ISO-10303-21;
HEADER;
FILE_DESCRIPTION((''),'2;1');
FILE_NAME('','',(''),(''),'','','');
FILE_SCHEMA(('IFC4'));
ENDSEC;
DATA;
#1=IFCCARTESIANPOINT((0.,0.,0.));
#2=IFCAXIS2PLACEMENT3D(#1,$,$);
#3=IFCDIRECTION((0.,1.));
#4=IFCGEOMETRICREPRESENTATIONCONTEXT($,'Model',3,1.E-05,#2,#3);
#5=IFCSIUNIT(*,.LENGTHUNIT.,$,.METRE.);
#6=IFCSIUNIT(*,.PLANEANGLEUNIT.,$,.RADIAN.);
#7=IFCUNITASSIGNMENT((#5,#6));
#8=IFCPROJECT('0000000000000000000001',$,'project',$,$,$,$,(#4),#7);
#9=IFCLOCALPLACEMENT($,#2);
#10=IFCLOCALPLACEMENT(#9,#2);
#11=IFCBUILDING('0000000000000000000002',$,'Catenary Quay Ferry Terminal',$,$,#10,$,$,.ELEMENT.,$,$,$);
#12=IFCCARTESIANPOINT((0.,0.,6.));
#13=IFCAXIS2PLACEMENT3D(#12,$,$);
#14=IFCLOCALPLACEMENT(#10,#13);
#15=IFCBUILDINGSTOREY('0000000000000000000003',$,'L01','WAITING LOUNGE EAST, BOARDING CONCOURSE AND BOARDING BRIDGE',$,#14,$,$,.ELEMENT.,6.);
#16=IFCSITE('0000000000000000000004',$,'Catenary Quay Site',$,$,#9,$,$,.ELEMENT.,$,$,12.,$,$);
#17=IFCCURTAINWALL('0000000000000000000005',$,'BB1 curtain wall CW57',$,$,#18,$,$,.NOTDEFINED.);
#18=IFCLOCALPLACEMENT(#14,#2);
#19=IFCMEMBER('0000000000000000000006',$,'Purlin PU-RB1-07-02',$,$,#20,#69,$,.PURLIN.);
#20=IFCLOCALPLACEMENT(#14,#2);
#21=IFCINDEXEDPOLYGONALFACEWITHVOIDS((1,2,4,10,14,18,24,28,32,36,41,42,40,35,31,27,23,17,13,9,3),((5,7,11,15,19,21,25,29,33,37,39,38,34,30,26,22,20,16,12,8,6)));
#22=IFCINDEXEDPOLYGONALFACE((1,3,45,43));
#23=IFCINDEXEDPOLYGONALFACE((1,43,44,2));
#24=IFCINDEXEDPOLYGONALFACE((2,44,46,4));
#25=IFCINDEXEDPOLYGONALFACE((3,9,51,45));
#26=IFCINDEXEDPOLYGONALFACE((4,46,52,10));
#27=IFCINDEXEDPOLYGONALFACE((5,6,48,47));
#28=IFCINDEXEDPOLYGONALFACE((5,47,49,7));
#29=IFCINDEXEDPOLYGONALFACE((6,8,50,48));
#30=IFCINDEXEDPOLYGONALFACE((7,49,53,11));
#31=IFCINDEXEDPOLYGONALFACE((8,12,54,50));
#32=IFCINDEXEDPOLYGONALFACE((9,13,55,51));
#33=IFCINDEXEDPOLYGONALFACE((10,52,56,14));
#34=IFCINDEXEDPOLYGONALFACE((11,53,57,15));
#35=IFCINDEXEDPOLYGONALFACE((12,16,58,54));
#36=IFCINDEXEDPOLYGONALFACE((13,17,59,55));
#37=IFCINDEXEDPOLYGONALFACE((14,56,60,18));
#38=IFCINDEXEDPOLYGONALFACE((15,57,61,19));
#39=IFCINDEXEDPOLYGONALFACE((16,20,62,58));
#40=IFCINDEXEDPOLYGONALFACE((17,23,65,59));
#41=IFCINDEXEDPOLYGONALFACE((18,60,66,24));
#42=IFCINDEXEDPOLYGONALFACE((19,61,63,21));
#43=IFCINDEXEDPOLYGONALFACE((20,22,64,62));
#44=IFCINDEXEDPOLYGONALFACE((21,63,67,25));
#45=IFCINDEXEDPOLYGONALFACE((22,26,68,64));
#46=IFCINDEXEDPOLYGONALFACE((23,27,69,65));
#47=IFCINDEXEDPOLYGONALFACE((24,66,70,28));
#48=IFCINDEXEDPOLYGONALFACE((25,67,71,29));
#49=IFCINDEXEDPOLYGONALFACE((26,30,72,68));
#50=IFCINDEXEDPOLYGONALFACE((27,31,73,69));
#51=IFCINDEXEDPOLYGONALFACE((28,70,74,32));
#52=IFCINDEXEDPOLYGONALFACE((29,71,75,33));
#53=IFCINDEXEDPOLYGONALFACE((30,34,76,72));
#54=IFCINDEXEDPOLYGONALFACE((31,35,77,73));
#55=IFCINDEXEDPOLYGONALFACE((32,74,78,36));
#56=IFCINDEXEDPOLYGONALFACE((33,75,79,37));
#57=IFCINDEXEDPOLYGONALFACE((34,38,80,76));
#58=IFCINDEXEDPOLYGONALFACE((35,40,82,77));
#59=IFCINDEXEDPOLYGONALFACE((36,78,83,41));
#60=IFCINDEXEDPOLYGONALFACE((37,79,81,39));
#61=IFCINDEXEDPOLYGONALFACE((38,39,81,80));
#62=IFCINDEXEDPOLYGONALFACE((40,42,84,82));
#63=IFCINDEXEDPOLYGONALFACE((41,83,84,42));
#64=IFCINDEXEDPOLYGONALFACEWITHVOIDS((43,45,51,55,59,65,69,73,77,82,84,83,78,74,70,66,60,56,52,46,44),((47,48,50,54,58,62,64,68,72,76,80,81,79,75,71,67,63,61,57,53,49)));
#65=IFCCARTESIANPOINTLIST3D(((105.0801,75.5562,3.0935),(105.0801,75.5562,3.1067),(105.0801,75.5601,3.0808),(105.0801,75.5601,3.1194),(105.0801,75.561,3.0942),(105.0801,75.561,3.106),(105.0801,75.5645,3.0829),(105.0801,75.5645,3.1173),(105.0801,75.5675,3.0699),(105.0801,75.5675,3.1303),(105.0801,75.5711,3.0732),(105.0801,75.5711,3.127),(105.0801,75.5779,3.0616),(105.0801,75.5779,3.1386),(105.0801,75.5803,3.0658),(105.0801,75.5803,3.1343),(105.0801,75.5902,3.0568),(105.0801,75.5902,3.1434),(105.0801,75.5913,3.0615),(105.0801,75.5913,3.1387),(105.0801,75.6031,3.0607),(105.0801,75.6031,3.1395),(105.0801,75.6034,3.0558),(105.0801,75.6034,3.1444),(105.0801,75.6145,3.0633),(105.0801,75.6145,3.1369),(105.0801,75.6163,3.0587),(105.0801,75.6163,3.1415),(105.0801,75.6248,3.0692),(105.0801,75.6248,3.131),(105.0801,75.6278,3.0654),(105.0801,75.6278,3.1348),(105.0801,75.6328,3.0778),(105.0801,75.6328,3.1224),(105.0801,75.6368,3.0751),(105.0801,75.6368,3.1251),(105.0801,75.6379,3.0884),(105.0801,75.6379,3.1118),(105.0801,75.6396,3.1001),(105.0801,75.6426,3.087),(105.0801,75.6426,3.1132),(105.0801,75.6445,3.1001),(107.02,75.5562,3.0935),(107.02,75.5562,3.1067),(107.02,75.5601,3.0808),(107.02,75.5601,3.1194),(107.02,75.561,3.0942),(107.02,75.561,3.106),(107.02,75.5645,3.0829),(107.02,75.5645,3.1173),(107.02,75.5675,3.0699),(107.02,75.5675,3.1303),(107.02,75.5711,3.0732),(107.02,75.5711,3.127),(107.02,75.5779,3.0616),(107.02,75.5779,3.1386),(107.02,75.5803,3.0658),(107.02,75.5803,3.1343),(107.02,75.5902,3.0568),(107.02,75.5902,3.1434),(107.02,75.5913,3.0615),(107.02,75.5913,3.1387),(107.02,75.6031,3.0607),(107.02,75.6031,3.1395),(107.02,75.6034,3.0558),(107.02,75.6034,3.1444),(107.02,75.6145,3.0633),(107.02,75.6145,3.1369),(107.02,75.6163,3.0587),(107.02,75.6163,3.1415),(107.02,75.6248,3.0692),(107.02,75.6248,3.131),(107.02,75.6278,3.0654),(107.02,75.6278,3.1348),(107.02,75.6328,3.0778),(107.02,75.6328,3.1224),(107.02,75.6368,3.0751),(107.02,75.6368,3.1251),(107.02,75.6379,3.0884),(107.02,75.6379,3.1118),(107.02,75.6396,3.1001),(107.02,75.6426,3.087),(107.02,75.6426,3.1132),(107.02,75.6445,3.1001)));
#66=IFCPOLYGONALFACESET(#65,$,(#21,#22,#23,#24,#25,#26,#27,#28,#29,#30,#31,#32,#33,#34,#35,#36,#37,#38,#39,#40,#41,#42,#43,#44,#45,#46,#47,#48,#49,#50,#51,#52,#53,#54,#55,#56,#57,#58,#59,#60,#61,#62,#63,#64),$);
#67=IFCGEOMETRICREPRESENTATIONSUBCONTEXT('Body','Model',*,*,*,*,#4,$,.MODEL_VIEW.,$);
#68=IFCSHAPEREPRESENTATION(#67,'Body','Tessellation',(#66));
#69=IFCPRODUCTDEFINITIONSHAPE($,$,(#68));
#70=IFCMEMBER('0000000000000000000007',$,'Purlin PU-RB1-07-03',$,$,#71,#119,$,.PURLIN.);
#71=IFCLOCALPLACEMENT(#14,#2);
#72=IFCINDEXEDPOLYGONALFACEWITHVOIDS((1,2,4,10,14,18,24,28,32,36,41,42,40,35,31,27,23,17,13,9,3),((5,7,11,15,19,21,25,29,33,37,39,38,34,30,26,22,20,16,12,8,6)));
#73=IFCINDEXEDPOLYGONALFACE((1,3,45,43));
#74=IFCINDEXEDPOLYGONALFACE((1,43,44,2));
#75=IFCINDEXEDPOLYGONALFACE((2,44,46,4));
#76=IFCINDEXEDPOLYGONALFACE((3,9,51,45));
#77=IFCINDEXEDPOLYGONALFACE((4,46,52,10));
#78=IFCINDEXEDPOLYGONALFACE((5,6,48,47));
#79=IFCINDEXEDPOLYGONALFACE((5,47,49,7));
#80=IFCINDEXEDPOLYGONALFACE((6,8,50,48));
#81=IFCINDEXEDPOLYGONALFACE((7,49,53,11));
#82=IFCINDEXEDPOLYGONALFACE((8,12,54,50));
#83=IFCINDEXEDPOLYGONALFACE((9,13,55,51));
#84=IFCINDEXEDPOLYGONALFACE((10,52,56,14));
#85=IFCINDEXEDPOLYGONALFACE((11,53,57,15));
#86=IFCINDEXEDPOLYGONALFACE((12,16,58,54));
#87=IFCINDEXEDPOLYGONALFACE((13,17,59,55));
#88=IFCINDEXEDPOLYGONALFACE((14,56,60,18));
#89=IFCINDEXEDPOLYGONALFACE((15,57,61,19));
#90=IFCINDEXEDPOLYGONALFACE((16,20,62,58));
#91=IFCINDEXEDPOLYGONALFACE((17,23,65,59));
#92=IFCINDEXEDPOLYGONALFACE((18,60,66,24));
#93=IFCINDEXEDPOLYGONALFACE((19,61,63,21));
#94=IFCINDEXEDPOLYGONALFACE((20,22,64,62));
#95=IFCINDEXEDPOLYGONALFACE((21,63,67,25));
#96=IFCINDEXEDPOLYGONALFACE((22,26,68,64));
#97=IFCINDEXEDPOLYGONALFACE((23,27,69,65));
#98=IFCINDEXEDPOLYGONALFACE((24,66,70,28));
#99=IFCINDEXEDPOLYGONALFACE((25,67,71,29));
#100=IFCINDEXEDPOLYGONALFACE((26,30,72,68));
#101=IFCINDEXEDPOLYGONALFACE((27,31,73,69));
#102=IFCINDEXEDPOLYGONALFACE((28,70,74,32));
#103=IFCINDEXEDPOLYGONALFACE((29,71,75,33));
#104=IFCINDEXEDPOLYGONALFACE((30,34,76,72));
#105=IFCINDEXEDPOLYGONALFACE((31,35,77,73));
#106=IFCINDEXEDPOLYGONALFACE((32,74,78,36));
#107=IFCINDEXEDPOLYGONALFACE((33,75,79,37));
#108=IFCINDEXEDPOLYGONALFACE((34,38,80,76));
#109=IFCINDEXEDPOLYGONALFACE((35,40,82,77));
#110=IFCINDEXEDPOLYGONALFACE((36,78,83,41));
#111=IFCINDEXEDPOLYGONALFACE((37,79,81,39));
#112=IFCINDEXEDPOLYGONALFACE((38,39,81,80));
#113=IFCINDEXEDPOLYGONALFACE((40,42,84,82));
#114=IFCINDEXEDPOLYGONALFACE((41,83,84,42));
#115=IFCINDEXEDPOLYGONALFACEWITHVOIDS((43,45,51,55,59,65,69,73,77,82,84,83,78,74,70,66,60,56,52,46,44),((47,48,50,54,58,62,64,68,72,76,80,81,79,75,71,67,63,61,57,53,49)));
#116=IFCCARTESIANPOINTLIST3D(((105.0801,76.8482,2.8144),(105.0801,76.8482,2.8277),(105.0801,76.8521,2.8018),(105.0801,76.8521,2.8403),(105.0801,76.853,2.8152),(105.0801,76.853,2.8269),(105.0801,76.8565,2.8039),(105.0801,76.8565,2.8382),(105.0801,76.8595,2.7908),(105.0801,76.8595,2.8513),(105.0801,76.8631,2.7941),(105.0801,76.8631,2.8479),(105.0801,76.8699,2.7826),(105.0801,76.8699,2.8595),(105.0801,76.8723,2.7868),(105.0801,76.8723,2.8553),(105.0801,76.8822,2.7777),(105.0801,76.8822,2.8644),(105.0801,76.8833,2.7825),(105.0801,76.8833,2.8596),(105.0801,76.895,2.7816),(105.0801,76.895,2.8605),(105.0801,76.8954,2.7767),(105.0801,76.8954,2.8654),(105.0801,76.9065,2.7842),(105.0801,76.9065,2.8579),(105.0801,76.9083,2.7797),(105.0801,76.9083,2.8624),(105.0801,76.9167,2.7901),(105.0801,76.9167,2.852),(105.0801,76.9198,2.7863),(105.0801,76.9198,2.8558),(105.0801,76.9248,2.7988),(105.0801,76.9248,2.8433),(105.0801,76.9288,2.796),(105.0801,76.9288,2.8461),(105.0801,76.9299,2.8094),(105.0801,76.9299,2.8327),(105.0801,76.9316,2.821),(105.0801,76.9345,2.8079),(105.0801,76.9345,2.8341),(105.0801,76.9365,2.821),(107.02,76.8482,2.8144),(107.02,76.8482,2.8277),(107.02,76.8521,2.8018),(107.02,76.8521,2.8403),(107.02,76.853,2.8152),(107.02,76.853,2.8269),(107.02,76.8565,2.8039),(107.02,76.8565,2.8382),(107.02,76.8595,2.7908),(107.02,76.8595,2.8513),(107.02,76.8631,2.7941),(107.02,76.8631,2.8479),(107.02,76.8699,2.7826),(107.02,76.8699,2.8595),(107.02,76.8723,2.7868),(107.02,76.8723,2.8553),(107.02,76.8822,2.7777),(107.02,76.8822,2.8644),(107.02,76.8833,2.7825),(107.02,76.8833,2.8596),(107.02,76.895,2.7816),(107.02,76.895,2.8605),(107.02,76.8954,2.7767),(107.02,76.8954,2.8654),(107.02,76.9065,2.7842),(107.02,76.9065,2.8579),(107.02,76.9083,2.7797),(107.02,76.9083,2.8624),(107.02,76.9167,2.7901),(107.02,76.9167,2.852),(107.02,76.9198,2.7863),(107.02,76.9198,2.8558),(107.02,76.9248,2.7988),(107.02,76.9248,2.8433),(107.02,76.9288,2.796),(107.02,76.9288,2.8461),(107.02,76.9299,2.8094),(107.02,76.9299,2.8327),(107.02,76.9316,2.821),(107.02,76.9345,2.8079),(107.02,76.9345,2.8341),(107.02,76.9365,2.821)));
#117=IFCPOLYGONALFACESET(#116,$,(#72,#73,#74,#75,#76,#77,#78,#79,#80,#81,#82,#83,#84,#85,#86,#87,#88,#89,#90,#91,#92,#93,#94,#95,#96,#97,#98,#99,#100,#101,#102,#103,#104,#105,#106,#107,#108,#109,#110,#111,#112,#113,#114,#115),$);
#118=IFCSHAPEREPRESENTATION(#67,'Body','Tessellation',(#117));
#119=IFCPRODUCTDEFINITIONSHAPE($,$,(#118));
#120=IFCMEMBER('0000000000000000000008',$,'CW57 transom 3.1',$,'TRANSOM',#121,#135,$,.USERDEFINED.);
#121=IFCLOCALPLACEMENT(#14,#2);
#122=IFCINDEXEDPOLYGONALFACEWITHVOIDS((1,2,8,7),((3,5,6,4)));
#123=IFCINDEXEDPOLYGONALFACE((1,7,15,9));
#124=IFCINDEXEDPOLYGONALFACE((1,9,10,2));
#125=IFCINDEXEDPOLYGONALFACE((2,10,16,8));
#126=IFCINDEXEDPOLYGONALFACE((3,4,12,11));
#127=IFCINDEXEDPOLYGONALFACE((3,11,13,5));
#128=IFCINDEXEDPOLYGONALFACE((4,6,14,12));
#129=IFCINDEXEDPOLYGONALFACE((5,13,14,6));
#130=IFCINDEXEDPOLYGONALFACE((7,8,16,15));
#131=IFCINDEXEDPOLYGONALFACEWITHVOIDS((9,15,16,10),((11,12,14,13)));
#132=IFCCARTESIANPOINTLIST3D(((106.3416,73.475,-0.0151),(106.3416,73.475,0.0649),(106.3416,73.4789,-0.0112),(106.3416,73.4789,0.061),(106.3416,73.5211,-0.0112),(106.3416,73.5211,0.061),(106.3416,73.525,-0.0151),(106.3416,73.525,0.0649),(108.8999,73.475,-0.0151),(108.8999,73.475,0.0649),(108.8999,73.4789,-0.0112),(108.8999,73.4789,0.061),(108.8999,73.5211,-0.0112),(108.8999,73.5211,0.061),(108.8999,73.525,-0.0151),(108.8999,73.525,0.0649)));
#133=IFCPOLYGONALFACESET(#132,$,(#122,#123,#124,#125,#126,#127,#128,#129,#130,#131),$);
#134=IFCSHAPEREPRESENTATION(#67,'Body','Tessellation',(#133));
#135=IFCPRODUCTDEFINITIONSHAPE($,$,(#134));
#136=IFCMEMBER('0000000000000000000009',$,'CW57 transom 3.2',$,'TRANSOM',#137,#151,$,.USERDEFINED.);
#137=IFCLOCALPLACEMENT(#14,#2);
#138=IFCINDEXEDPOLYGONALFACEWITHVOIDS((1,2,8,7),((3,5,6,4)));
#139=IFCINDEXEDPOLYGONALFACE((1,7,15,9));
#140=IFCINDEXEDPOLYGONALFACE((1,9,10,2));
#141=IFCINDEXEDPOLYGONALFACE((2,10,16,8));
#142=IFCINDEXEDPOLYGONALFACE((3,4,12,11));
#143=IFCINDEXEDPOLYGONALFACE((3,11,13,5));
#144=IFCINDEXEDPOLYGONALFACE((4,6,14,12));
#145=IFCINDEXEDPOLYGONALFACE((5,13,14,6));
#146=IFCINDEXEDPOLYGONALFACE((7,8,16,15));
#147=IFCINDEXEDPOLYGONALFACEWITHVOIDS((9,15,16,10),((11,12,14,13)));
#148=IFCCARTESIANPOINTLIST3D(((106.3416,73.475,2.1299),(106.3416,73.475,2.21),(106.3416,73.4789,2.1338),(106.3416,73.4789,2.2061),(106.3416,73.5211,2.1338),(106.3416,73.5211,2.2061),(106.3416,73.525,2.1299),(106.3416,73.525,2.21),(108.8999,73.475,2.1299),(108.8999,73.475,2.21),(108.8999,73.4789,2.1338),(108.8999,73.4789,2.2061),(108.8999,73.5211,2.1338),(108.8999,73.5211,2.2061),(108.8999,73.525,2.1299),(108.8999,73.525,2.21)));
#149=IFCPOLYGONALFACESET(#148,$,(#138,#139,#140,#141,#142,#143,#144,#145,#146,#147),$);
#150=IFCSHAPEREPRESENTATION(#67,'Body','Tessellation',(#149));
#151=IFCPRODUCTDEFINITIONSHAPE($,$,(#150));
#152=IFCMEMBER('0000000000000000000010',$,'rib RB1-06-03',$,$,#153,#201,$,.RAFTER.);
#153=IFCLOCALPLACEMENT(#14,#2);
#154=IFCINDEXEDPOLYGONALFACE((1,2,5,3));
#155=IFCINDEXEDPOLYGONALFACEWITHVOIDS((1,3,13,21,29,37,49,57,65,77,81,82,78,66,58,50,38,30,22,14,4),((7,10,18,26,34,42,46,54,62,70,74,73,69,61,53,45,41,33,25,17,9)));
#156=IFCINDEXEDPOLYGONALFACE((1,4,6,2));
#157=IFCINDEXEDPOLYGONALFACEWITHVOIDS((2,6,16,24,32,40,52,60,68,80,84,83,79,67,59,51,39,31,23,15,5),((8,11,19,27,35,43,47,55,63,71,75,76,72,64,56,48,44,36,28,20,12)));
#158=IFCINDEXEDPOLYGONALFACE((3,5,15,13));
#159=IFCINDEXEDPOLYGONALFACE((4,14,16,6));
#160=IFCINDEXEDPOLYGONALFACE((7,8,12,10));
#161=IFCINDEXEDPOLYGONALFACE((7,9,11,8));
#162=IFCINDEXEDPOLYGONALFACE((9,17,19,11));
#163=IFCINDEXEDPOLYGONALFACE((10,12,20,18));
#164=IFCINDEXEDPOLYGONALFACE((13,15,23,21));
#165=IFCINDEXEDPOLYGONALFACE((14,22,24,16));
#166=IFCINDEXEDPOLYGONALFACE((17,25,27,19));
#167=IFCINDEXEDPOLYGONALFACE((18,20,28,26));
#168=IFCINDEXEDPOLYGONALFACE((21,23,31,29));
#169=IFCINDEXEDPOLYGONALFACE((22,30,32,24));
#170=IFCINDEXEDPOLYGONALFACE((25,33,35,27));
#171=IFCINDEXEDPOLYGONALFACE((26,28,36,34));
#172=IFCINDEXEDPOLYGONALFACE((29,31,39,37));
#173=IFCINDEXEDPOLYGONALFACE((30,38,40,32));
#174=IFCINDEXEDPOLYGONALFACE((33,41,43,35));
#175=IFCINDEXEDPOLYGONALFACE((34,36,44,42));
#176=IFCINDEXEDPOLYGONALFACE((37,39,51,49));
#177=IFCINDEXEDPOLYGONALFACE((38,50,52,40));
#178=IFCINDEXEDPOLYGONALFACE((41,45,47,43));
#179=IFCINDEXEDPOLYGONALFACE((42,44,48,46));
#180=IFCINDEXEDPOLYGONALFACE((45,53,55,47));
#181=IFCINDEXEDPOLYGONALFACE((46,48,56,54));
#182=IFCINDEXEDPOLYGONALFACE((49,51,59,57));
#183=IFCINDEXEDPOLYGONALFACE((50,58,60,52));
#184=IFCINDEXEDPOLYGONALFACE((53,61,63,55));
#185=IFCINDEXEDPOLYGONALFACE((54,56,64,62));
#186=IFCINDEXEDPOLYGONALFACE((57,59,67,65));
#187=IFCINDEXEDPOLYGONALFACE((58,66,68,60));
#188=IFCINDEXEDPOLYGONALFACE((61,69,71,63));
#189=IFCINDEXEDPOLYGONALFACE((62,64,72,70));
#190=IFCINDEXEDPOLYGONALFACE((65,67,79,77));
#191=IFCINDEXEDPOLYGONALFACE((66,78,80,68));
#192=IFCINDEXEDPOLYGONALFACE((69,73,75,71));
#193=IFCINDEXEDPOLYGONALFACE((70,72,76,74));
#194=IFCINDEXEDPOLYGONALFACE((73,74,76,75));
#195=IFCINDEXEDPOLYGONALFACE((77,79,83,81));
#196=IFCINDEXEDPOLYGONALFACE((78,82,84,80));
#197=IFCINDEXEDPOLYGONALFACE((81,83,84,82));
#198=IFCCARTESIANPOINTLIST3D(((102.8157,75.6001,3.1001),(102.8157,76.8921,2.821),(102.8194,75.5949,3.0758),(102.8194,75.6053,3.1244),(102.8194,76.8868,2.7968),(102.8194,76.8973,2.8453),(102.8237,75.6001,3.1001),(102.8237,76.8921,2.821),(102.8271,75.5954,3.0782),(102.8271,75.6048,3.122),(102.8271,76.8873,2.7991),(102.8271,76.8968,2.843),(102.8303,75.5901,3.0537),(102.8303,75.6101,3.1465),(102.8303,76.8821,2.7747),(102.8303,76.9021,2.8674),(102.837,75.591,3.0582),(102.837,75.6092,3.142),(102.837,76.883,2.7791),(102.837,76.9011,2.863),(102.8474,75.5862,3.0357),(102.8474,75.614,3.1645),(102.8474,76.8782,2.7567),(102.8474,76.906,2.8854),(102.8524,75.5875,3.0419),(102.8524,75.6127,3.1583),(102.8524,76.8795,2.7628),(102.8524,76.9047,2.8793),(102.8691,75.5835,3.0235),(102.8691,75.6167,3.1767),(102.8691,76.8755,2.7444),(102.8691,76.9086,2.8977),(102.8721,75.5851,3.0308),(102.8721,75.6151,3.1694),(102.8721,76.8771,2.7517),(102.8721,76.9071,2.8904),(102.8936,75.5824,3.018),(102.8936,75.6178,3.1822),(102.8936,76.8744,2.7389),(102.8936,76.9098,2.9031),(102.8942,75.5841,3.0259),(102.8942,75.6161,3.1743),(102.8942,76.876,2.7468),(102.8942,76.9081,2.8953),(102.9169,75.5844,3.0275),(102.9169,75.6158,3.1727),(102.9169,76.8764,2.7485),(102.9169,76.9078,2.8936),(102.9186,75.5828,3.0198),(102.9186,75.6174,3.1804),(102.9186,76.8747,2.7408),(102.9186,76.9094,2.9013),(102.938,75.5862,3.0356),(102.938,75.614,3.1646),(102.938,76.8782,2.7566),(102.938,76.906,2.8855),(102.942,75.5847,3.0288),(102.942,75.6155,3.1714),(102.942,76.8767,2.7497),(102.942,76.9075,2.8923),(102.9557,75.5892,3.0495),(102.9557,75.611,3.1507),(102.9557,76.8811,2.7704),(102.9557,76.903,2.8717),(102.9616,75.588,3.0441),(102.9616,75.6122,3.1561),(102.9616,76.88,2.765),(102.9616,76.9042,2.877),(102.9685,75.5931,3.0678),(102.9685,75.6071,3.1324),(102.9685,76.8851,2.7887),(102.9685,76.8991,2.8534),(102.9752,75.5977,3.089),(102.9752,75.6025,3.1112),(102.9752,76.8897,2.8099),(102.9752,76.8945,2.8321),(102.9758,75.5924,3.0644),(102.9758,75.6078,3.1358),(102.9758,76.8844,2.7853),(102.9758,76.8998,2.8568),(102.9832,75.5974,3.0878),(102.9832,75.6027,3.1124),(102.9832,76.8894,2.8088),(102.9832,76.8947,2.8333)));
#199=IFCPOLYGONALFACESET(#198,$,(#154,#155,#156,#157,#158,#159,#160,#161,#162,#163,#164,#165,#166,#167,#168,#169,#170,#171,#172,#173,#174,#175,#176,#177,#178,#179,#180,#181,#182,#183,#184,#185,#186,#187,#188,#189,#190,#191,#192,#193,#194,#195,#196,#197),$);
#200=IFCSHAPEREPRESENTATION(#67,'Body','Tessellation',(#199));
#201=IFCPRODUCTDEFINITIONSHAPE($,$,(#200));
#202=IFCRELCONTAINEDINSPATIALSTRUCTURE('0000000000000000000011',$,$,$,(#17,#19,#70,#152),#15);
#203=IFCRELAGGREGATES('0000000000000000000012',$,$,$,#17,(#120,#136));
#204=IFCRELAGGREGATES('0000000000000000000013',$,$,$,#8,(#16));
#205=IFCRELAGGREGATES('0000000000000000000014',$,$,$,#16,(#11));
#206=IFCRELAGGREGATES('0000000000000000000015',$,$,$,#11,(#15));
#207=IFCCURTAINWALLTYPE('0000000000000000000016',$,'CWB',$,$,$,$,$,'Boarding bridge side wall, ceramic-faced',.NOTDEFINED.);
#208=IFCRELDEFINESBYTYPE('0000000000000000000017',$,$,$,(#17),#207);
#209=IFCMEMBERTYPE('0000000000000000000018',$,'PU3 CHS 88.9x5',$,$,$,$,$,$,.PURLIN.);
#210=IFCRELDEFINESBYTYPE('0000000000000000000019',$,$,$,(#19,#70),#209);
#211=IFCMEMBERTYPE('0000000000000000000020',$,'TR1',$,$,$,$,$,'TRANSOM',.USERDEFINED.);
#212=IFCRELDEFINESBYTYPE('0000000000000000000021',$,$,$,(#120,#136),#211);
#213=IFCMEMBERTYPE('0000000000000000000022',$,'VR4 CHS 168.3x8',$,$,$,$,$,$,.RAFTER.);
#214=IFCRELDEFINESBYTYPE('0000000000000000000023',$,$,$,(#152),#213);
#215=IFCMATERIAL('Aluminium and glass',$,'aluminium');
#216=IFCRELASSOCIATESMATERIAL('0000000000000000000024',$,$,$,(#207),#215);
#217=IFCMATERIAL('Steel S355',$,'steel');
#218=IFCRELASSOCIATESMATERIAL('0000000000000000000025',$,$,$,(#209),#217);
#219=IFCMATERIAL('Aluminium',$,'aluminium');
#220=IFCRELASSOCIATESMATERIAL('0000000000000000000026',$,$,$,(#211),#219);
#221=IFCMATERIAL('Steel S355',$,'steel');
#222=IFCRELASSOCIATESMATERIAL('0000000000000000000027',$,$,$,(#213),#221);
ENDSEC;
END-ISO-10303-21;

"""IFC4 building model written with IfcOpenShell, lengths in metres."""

from ifc_helpers import new_model, si_unit, direction, frame, origin, origin_2d, place, context, subcontext, project, spatial, hollow_rectangle, hollow_circle, extrude, material, material_profile, profile_set, type_object, element, aggregate, save


model = new_model("IFC4")

# Units and contexts
model_context = context("Model", 3, precision=1e-05, world=origin(), true_north=direction((0.0, 1.0)))
body_context = subcontext(model_context, "Body", "Model", "MODEL_VIEW")
ifc_project = project(units=[si_unit("LENGTHUNIT", "METRE"), si_unit("PLANEANGLEUNIT", "RADIAN")], contexts=[model_context])

# Site, building, storey
site_placement = place(None, origin())
site = spatial("IfcSite", under=ifc_project, at=site_placement, Name="Catenary Quay Site", CompositionType="ELEMENT", RefElevation=12.0)
building_placement = place(site_placement, origin())
building = spatial("IfcBuilding", under=site, at=building_placement, Name="Catenary Quay Ferry Terminal", CompositionType="ELEMENT")
storey_placement = place(building_placement, frame((0.0, 0.0, 6.0)))
storey = spatial("IfcBuildingStorey", under=building, at=storey_placement, Name="L01", Description="WAITING LOUNGE EAST, BOARDING CONCOURSE AND BOARDING BRIDGE", CompositionType="ELEMENT", Elevation=6.0)

# Curtain wall
ifc_material_1 = material(Name="Aluminium and glass", Category="aluminium")
curtain_wall_type = type_object("IfcCurtainWallType", Name="CWB", ElementType="Boarding bridge side wall, ceramic-faced", PredefinedType="NOTDEFINED", material=ifc_material_1)
curtain_wall_placement = place(storey_placement, origin())
curtain_wall = element("IfcCurtainWall", 1, at=curtain_wall_placement, inside=storey, type_object=curtain_wall_type, Name="BB1 curtain wall CW57", PredefinedType="NOTDEFINED")

# Members
ifc_material_2 = material(Name="Steel S355", Category="steel")
ifc_material_profile_1 = material_profile(ifc_material_2, hollow_circle(Radius=0.0444, WallThickness=0.0049, at=origin_2d()), Name="CHS 88.9x5")
ifc_profile_set_1 = profile_set([ifc_material_profile_1], Name="Steel S355")
member_type_1 = type_object("IfcMemberType", Name="PU3 CHS 88.9x5", PredefinedType="PURLIN", material=ifc_profile_set_1)
for number, where, z_axis, x_axis, name in (
    (2, (105.0801, 75.6001, 3.1001), (1.0, 0.0, 0.0), (0.0, 1.0, 0.0), "Purlin PU-RB1-07-02"),
    (3, (105.0801, 76.8921, 2.821), (1.0, 0.0, 0.0), (0.0, 1.0, 0.0), "Purlin PU-RB1-07-03"),
):
    element("IfcMember", number, at=place(storey_placement, frame(where, z_axis=z_axis, x_axis=x_axis)), inside=storey, type_object=member_type_1, Name=name, PredefinedType="PURLIN", context=body_context, shape_type="SweptSolid", body=[
        extrude(hollow_circle(Radius=0.0444, WallThickness=0.0049, at=origin_2d()), origin(), (0.0, 0.0, 1.0), 1.9399),
    ])

# Members
ifc_material_3 = material(Name="Aluminium", Category="aluminium")
ifc_material_profile_2 = material_profile(ifc_material_3, hollow_rectangle(XDim=0.05, YDim=0.0801, WallThickness=0.0039, at=origin_2d()), Name="TR1")
ifc_profile_set_2 = profile_set([ifc_material_profile_2], Name="Aluminium")
member_type_2 = type_object("IfcMemberType", Name="TR1", ElementType="TRANSOM", PredefinedType="USERDEFINED", material=ifc_profile_set_2)
member_1_placement = place(storey_placement, frame((106.3416, 73.5, 0.0249), z_axis=(1.0, 0.0, 0.0), x_axis=(0.0, 1.0, 0.0)))
member_1 = element("IfcMember", 4, at=member_1_placement, type_object=member_type_2, Name="CW57 transom 3.1", ObjectType="TRANSOM", PredefinedType="USERDEFINED", context=body_context, shape_type="SweptSolid", body=[
    extrude(hollow_rectangle(XDim=0.05, YDim=0.0801, WallThickness=0.0039, at=origin_2d()), origin(), (0.0, 0.0, 1.0), 2.5583),
])
member_2_placement = place(storey_placement, frame((106.3416, 73.5, 2.1699), z_axis=(1.0, 0.0, 0.0), x_axis=(0.0, 1.0, 0.0)))
member_2 = element("IfcMember", 5, at=member_2_placement, type_object=member_type_2, Name="CW57 transom 3.2", ObjectType="TRANSOM", PredefinedType="USERDEFINED", context=body_context, shape_type="SweptSolid", body=[
    extrude(hollow_rectangle(XDim=0.05, YDim=0.0801, WallThickness=0.0039, at=origin_2d()), origin(), (0.0, 0.0, 1.0), 2.5583),
])

# Member
ifc_material_4 = material(Name="Steel S355", Category="steel")
ifc_material_profile_3 = material_profile(ifc_material_4, hollow_circle(Radius=0.0842, WallThickness=0.0081, at=origin_2d()), Name="CHS 168.3x8")
ifc_profile_set_3 = profile_set([ifc_material_profile_3], Name="Steel S355")
member_type_3 = type_object("IfcMemberType", Name="VR4 CHS 168.3x8", PredefinedType="RAFTER", material=ifc_profile_set_3)
for number, where, z_axis, x_axis, name in (
    (6, (102.8999, 75.6001, 3.1001), (0.0, 0.977461, -0.211118), (-1.0, 0.0, 0.0), "rib RB1-06-03"),
):
    element("IfcMember", number, at=place(storey_placement, frame(where, z_axis=z_axis, x_axis=x_axis)), inside=storey, type_object=member_type_3, Name=name, PredefinedType="RAFTER", context=body_context, shape_type="SweptSolid", body=[
        extrude(hollow_circle(Radius=0.0842, WallThickness=0.0081, at=origin_2d()), origin(), (0.0, 0.0, 1.0), 1.3218),
    ])

aggregate(curtain_wall, [member_1, member_2])

save(model, "model.ifc")
